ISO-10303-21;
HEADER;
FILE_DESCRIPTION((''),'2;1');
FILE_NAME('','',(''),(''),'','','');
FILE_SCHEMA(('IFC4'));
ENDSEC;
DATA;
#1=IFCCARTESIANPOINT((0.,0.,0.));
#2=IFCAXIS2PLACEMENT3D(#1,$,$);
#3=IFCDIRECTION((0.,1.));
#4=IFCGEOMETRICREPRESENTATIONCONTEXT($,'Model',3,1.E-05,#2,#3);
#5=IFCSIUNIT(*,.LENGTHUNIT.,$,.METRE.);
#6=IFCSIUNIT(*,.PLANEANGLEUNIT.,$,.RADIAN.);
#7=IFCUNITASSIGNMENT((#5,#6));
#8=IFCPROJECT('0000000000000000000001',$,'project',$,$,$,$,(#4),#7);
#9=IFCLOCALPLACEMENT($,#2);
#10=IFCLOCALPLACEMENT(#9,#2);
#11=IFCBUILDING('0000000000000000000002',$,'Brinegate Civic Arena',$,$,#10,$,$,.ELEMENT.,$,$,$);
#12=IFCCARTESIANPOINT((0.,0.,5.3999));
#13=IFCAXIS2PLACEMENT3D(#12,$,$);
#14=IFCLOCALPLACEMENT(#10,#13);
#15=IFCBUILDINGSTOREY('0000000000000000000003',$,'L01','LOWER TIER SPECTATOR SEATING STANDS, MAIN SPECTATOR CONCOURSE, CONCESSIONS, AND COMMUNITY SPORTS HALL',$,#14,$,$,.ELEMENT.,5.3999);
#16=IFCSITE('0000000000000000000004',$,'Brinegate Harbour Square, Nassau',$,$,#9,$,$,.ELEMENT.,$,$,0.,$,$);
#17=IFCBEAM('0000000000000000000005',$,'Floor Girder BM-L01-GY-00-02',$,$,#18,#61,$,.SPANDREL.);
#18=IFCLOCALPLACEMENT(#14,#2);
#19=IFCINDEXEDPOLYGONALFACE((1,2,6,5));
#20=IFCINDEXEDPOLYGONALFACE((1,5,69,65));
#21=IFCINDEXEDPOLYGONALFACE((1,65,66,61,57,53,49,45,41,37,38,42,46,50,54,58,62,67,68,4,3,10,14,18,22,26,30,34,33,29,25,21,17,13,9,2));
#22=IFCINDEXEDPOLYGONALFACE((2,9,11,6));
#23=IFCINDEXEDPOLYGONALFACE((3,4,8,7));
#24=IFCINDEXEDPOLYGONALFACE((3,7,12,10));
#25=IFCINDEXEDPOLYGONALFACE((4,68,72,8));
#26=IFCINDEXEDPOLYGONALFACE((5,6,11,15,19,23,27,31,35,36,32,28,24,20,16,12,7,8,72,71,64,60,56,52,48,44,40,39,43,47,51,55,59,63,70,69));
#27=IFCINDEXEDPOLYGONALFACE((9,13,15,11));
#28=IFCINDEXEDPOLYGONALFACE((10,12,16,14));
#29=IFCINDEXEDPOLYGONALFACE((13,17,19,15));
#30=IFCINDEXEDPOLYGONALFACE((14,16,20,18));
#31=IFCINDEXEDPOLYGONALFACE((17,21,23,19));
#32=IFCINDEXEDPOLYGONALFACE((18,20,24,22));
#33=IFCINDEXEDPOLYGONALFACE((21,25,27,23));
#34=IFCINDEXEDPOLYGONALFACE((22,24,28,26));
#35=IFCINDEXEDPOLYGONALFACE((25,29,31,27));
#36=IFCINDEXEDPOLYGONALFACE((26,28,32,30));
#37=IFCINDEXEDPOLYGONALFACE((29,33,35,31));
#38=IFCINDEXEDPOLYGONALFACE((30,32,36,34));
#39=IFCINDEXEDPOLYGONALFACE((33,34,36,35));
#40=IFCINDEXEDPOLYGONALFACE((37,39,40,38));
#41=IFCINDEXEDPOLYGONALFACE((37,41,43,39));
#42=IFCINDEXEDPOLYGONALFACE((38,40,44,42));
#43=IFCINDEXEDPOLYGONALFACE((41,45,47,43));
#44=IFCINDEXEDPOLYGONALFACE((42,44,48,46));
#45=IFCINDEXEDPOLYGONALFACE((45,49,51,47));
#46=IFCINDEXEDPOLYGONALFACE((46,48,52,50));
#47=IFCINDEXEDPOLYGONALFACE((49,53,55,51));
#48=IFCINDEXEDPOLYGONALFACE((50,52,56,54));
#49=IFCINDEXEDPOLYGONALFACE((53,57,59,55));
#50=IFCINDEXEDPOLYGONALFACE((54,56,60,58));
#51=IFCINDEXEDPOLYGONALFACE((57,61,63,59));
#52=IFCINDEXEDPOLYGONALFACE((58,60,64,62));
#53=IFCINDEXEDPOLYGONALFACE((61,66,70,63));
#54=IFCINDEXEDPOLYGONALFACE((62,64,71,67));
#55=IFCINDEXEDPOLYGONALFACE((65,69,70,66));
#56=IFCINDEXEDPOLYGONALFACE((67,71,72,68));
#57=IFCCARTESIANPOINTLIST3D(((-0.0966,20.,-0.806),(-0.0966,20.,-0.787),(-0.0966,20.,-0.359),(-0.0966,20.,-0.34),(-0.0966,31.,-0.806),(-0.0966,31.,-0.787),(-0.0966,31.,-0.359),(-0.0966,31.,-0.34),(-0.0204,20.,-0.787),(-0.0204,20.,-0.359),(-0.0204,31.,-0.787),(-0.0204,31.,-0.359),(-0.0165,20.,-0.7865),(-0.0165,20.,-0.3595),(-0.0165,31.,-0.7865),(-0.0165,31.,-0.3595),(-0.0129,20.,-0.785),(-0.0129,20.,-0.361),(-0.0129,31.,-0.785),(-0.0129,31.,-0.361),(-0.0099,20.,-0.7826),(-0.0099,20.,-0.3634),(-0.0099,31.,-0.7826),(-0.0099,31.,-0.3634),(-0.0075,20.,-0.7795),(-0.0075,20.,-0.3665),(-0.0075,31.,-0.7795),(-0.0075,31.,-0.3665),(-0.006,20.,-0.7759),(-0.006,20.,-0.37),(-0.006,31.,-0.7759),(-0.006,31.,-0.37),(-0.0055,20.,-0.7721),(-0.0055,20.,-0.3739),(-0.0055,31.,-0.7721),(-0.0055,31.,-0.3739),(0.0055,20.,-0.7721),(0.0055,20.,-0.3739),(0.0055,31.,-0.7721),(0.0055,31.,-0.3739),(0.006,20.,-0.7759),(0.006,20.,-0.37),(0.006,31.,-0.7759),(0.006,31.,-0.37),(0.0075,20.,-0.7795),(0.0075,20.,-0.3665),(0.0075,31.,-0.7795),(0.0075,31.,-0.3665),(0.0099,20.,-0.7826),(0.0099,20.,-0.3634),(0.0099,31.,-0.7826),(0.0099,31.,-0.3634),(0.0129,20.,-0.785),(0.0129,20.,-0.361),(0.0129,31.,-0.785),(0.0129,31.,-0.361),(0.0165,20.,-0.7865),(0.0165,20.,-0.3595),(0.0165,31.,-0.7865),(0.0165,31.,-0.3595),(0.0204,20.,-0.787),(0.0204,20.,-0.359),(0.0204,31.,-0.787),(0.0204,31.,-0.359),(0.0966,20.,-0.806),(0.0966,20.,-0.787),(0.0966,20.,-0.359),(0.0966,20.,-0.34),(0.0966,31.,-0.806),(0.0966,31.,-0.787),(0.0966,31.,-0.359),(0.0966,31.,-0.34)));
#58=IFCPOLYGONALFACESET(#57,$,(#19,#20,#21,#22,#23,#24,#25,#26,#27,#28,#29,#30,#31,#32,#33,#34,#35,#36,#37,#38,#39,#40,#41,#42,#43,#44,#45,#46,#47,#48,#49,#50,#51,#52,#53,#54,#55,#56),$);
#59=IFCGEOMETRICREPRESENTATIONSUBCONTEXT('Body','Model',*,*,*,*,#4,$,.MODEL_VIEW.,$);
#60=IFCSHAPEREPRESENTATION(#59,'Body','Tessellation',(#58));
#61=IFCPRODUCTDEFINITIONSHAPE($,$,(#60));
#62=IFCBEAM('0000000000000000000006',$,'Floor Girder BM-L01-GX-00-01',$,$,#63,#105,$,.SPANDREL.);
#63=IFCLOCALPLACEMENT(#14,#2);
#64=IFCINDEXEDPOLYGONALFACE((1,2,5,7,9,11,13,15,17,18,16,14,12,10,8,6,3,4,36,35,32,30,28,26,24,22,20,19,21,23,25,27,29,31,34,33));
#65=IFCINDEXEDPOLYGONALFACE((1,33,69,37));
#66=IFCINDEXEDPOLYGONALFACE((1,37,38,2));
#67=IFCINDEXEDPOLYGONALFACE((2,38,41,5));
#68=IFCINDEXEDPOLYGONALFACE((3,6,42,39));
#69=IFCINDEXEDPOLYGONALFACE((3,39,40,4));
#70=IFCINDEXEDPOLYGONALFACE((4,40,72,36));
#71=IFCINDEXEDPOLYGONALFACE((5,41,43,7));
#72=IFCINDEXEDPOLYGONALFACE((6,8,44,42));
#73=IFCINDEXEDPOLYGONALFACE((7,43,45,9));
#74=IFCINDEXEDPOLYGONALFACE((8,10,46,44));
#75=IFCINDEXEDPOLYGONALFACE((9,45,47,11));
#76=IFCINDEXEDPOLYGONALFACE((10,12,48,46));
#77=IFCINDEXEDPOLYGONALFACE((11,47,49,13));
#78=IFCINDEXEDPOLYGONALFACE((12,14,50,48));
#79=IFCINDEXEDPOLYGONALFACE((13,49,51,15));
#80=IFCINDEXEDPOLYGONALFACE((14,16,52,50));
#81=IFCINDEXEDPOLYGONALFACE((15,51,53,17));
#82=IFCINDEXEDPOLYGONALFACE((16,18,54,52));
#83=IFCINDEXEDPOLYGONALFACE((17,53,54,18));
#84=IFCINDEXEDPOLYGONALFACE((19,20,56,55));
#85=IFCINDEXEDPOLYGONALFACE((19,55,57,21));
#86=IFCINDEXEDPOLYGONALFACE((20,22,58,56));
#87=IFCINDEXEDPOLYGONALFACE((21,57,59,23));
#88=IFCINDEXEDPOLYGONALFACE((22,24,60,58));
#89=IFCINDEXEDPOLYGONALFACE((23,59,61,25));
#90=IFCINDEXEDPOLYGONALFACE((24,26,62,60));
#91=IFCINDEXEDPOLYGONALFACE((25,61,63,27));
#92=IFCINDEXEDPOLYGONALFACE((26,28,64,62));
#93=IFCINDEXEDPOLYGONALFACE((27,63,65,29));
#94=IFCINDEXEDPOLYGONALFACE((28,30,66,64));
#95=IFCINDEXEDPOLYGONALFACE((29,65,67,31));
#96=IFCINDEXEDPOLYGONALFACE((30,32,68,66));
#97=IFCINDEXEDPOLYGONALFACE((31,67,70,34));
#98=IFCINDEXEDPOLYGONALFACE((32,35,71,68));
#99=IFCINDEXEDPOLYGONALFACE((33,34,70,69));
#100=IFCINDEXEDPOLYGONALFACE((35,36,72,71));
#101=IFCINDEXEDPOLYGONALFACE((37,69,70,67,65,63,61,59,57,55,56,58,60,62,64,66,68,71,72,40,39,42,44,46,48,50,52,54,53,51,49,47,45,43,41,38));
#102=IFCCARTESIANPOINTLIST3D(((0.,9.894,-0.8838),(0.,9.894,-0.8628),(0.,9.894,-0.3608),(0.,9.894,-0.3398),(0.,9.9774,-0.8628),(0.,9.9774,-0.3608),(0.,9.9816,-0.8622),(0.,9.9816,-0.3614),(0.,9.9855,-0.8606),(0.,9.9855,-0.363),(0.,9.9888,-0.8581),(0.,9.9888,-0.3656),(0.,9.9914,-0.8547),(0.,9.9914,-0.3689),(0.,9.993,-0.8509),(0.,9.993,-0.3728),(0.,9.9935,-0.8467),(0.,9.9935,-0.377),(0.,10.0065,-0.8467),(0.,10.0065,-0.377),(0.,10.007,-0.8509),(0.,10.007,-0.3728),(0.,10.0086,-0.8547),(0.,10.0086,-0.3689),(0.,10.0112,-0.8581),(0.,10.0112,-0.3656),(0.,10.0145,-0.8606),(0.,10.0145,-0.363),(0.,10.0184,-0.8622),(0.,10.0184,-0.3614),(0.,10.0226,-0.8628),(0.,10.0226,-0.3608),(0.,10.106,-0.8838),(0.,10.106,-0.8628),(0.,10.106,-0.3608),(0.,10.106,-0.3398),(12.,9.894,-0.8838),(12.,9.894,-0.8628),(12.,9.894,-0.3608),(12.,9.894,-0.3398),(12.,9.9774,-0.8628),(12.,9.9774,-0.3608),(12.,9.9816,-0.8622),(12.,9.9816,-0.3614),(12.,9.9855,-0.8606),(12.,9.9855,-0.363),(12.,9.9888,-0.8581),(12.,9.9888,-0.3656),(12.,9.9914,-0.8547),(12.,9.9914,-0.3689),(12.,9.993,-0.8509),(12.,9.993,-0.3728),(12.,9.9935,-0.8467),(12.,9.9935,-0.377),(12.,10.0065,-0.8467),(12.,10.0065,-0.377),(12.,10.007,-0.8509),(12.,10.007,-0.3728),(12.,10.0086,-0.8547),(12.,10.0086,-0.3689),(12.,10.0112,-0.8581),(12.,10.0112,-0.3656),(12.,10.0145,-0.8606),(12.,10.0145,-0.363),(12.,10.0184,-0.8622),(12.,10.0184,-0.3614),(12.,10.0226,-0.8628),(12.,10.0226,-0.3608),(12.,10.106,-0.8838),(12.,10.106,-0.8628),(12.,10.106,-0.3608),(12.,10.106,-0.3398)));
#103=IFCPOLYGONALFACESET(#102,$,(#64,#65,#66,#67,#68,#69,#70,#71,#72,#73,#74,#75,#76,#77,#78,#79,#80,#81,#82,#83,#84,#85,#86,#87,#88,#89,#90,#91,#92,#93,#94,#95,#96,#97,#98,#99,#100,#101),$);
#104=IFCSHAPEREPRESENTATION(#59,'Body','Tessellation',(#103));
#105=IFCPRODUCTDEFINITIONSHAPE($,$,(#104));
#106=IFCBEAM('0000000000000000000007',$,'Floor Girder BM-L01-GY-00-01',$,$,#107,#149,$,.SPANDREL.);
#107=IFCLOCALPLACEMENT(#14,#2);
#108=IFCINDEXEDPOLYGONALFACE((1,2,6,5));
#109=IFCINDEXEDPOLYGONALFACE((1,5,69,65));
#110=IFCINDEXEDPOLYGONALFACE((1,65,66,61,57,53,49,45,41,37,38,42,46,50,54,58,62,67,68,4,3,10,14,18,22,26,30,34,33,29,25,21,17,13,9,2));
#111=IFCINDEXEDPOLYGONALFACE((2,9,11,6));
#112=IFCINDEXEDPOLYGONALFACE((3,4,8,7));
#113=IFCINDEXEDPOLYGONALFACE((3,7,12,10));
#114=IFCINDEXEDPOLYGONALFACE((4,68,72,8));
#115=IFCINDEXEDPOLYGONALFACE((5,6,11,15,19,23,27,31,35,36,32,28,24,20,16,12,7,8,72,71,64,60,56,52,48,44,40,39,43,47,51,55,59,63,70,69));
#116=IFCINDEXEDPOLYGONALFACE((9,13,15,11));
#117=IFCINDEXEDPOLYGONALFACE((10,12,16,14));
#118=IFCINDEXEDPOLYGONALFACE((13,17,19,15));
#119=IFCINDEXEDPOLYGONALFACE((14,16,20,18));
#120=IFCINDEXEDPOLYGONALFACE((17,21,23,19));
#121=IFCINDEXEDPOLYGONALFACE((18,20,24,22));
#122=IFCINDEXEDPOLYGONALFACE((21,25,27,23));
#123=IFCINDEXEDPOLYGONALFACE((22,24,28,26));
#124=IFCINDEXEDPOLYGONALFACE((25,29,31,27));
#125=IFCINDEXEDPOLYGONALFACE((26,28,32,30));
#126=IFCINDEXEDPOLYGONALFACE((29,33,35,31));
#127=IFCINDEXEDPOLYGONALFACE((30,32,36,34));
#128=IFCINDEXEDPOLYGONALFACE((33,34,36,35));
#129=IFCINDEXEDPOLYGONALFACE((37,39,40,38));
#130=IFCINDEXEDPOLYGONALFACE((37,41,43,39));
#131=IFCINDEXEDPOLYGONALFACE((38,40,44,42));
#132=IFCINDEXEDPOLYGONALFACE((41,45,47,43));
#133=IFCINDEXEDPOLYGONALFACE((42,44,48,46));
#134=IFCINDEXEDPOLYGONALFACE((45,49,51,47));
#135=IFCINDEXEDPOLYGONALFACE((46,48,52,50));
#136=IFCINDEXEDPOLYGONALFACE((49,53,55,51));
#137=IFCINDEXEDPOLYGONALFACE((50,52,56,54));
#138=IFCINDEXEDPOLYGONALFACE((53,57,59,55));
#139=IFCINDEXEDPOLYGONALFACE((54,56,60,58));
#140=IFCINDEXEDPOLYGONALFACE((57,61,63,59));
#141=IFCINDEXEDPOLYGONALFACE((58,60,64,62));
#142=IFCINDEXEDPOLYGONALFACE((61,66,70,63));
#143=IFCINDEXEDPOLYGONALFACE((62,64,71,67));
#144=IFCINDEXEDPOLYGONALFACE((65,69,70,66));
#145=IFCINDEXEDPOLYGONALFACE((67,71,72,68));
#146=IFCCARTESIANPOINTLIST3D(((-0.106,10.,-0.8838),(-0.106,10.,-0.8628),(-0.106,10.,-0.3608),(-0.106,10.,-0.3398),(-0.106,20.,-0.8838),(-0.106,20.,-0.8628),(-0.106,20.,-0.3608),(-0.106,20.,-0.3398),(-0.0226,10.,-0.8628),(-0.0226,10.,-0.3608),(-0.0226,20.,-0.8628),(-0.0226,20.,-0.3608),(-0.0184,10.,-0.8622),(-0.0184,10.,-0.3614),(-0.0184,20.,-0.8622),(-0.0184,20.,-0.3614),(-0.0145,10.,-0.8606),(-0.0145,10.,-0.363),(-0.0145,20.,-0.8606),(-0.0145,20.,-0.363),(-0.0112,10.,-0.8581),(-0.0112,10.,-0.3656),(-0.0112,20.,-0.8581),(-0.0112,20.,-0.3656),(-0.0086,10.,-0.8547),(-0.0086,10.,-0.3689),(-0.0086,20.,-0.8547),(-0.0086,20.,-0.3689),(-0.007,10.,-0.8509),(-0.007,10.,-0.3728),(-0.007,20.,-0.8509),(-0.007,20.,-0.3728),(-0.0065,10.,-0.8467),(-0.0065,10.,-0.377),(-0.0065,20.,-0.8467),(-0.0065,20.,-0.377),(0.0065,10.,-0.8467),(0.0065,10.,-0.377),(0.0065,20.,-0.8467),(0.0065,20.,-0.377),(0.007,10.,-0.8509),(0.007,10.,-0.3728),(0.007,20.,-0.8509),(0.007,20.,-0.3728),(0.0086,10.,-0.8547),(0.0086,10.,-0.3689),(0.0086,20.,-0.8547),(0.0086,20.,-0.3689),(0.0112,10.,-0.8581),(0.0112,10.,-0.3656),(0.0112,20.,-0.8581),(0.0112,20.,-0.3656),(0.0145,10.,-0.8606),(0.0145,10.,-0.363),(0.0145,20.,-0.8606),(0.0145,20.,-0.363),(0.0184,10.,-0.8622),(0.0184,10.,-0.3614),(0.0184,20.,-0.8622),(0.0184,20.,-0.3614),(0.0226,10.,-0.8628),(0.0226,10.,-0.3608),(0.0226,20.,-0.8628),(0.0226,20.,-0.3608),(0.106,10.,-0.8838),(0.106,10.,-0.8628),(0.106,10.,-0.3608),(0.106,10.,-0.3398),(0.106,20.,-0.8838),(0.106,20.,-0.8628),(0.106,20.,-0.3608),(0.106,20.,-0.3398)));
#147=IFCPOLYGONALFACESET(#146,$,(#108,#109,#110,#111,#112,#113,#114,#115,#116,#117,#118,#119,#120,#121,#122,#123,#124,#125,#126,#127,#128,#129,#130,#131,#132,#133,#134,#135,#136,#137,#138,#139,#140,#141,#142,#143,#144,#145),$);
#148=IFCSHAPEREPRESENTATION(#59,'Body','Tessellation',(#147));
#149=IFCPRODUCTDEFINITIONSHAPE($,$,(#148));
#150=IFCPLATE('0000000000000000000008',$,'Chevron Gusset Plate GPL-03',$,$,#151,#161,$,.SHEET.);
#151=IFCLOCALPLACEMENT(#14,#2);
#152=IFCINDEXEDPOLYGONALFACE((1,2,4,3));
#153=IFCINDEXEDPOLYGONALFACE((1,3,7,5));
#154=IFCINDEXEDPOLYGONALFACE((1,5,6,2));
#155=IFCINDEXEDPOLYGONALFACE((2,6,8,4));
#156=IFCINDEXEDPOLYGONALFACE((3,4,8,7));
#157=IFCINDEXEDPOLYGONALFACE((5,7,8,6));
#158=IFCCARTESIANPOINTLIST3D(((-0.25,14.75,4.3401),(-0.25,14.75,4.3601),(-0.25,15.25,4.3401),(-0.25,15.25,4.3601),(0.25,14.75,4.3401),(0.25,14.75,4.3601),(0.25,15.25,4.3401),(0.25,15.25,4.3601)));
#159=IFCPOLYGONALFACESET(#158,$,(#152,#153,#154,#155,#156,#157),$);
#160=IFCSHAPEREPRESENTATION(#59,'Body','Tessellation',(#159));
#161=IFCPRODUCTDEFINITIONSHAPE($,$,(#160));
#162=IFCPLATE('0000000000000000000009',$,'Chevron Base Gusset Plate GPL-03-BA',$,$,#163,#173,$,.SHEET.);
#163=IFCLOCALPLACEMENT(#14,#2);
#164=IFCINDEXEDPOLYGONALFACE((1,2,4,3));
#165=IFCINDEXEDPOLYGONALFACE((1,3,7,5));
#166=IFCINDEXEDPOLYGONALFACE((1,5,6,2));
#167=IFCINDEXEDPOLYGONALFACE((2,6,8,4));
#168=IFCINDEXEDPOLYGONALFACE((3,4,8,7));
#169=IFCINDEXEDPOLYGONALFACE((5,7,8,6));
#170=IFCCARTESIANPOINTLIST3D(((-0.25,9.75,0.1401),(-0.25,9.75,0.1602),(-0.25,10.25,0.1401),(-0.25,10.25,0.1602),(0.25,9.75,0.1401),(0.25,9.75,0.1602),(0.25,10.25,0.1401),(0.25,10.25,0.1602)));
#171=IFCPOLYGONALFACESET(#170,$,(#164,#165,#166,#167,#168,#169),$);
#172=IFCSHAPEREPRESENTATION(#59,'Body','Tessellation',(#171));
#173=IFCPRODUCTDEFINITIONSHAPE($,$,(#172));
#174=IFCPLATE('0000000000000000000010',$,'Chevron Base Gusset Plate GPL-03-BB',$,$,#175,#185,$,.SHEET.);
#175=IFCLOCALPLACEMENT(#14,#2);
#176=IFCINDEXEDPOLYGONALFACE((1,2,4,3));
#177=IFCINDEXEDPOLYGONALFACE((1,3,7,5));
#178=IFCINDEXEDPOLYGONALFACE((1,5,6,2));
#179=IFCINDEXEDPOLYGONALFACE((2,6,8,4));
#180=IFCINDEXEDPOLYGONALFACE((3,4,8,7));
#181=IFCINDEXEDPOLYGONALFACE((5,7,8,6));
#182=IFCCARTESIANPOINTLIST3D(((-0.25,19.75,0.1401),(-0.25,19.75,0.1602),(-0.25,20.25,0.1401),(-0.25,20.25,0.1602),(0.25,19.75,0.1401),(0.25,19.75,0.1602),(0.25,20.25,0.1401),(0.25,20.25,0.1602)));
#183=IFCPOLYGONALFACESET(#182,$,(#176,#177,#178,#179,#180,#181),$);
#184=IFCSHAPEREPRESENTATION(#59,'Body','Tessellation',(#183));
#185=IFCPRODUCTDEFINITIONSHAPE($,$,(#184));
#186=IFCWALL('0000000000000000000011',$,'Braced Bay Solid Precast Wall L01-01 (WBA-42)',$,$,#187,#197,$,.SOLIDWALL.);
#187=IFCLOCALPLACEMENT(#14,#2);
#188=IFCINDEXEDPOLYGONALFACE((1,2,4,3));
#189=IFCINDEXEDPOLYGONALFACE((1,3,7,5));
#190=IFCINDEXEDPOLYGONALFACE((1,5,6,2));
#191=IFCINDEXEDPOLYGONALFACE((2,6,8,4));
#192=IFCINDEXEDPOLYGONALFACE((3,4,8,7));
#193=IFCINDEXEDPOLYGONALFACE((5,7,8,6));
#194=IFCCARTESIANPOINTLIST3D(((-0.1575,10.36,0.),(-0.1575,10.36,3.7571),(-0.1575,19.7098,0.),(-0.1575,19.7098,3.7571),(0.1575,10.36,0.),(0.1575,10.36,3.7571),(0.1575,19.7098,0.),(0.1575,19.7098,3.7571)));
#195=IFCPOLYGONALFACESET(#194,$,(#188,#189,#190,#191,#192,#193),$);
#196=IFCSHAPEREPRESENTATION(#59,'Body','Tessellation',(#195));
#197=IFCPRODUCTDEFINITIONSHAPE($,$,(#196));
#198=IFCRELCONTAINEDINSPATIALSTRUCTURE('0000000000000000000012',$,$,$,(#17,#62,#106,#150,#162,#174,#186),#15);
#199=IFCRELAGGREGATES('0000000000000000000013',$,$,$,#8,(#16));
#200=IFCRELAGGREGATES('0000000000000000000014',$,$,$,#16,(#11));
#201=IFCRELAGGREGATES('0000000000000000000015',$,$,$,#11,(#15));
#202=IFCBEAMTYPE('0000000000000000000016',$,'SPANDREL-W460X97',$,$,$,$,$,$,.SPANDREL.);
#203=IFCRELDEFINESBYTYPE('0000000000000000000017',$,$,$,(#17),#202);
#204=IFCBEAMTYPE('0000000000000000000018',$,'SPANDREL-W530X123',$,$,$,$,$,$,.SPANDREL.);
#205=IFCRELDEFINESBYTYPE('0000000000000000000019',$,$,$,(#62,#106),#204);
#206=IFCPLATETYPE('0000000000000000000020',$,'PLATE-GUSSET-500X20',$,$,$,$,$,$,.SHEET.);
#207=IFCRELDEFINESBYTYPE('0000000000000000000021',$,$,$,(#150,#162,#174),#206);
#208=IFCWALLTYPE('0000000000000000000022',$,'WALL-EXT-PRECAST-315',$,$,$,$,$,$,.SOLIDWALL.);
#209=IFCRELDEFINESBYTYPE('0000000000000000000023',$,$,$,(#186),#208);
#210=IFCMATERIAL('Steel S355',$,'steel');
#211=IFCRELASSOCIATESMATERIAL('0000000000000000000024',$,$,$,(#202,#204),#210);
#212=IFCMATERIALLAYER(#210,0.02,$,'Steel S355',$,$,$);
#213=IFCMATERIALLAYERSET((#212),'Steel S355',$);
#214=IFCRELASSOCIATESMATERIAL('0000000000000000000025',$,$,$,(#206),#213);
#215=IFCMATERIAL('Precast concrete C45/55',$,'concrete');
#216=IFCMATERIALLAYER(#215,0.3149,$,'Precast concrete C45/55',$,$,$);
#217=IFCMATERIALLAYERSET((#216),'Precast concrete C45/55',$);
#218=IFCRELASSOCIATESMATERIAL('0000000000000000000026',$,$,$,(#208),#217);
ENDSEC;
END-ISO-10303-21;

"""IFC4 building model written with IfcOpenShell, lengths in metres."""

from ifc_helpers import new_model, si_unit, direction, frame, frame_2d, origin, origin_2d, place, context, subcontext, project, spatial, rectangle, i_section, extrude, material, layer, layer_set, material_profile, profile_set, type_object, element, save


model = new_model("IFC4")

# Units and contexts
model_context = context("Model", 3, precision=1e-05, world=origin(), true_north=direction((0.0, 1.0)))
body_context = subcontext(model_context, "Body", "Model", "MODEL_VIEW")
ifc_project = project(units=[si_unit("LENGTHUNIT", "METRE"), si_unit("PLANEANGLEUNIT", "RADIAN")], contexts=[model_context])

# Site, building, storey
site_placement = place(None, origin())
site = spatial("IfcSite", under=ifc_project, at=site_placement, Name="Brinegate Harbour Square, Nassau", CompositionType="ELEMENT", RefElevation=0.0)
building_placement = place(site_placement, origin())
building = spatial("IfcBuilding", under=site, at=building_placement, Name="Brinegate Civic Arena", CompositionType="ELEMENT")
storey_placement = place(building_placement, frame((0.0, 0.0, 5.3999)))
storey = spatial("IfcBuildingStorey", under=building, at=storey_placement, Name="L01", Description="LOWER TIER SPECTATOR SEATING STANDS, MAIN SPECTATOR CONCOURSE, CONCESSIONS, AND COMMUNITY SPORTS HALL", CompositionType="ELEMENT", Elevation=5.3999)

# Shared definitions
ifc_material_1 = material(Name="Steel S355", Category="steel")

# Beams
ifc_material_profile_1 = material_profile(ifc_material_1, i_section(OverallWidth=0.1931, OverallDepth=0.4661, WebThickness=0.011, FlangeThickness=0.019, FilletRadius=0.0149, at=origin_2d()), Name="W460X97")
ifc_profile_set_1 = profile_set([ifc_material_profile_1], Name="Steel S355")
beam_type_1 = type_object("IfcBeamType", Name="SPANDREL-W460X97", PredefinedType="SPANDREL", material=ifc_profile_set_1)
beam_1_placement = place(storey_placement, frame((0.0, 20.0, -0.573), z_axis=(0.0, 1.0, 0.0), x_axis=(-1.0, 0.0, 0.0)))
element("IfcBeam", 1, at=beam_1_placement, inside=storey, type_object=beam_type_1, Name="Floor Girder BM-L01-GY-00-02", PredefinedType="SPANDREL", context=body_context, shape_type="SweptSolid", body=[
    extrude(i_section(OverallWidth=0.1931, OverallDepth=0.4661, WebThickness=0.011, FlangeThickness=0.019, FilletRadius=0.0149, at=origin_2d()), origin(), (0.0, 0.0, 1.0), 11.0),
])
ifc_material_profile_2 = material_profile(ifc_material_1, i_section(OverallWidth=0.2119, OverallDepth=0.5439, WebThickness=0.0129, FlangeThickness=0.021, FilletRadius=0.0161, at=origin_2d()), Name="W530X123")
ifc_profile_set_2 = profile_set([ifc_material_profile_2], Name="Steel S355")
beam_type_2 = type_object("IfcBeamType", Name="SPANDREL-W530X123", PredefinedType="SPANDREL", material=ifc_profile_set_2)
beam_2_placement = place(storey_placement, frame((0.0, 10.0, -0.6118), z_axis=(1.0, 0.0, 0.0), x_axis=(0.0, 1.0, 0.0)))
element("IfcBeam", 2, at=beam_2_placement, inside=storey, type_object=beam_type_2, Name="Floor Girder BM-L01-GX-00-01", PredefinedType="SPANDREL", context=body_context, shape_type="SweptSolid", body=[
    extrude(i_section(OverallWidth=0.2119, OverallDepth=0.5439, WebThickness=0.0129, FlangeThickness=0.021, FilletRadius=0.0161, at=origin_2d()), origin(), (0.0, 0.0, 1.0), 12.0),
])
beam_3_placement = place(storey_placement, frame((0.0, 10.0, -0.6118), z_axis=(0.0, 1.0, 0.0), x_axis=(-1.0, 0.0, 0.0)))
element("IfcBeam", 3, at=beam_3_placement, inside=storey, type_object=beam_type_2, Name="Floor Girder BM-L01-GY-00-01", PredefinedType="SPANDREL", context=body_context, shape_type="SweptSolid", body=[
    extrude(i_section(OverallWidth=0.2119, OverallDepth=0.5439, WebThickness=0.0129, FlangeThickness=0.021, FilletRadius=0.0161, at=origin_2d()), origin(), (0.0, 0.0, 1.0), 10.0),
])

# Plates
ifc_layer_1 = layer(ifc_material_1, 0.02, Name="Steel S355")
ifc_layer_set_1 = layer_set([ifc_layer_1], Name="Steel S355")
plate_type = type_object("IfcPlateType", Name="PLATE-GUSSET-500X20", PredefinedType="SHEET", material=ifc_layer_set_1)
for number, where, z_axis, x_axis, name in (
    (4, (0.0, 15.0, 4.3401), (0.0, 0.0, 1.0), (1.0, 0.0, 0.0), "Chevron Gusset Plate GPL-03"),
    (5, (0.0, 10.0, 0.1401), (0.0, 0.0, 1.0), (1.0, 0.0, 0.0), "Chevron Base Gusset Plate GPL-03-BA"),
    (6, (0.0, 20.0, 0.1401), (0.0, 0.0, 1.0), (1.0, 0.0, 0.0), "Chevron Base Gusset Plate GPL-03-BB"),
):
    element("IfcPlate", number, at=place(storey_placement, frame(where, z_axis=z_axis, x_axis=x_axis)), inside=storey, type_object=plate_type, Name=name, PredefinedType="SHEET", context=body_context, shape_type="SweptSolid", body=[
        extrude(rectangle(XDim=0.5, YDim=0.5, at=origin_2d()), origin(), (0.0, 0.0, 1.0), 0.02),
    ])

# Wall
ifc_material_2 = material(Name="Precast concrete C45/55", Category="concrete")
ifc_layer_2 = layer(ifc_material_2, 0.3149, Name="Precast concrete C45/55")
ifc_layer_set_2 = layer_set([ifc_layer_2], Name="Precast concrete C45/55")
wall_type_1 = type_object("IfcWallType", Name="WALL-EXT-PRECAST-315", PredefinedType="SOLIDWALL", material=ifc_layer_set_2)
wall_1_placement = place(storey_placement, frame((0.0, 10.3601, 0.0), z_axis=(0.0, 0.0, 1.0), x_axis=(0.0, 1.0, 0.0)))
element("IfcWall", 7, at=wall_1_placement, inside=storey, type_object=wall_type_1, Name="Braced Bay Solid Precast Wall L01-01 (WBA-42)", PredefinedType="SOLIDWALL", context=body_context, shape_type="SweptSolid", body=[
    extrude(rectangle(XDim=9.3499, YDim=0.3149, at=frame_2d((4.6748, 0.0))), origin(), (0.0, 0.0, 1.0), 3.7571),
])

save(model, "model.ifc")
